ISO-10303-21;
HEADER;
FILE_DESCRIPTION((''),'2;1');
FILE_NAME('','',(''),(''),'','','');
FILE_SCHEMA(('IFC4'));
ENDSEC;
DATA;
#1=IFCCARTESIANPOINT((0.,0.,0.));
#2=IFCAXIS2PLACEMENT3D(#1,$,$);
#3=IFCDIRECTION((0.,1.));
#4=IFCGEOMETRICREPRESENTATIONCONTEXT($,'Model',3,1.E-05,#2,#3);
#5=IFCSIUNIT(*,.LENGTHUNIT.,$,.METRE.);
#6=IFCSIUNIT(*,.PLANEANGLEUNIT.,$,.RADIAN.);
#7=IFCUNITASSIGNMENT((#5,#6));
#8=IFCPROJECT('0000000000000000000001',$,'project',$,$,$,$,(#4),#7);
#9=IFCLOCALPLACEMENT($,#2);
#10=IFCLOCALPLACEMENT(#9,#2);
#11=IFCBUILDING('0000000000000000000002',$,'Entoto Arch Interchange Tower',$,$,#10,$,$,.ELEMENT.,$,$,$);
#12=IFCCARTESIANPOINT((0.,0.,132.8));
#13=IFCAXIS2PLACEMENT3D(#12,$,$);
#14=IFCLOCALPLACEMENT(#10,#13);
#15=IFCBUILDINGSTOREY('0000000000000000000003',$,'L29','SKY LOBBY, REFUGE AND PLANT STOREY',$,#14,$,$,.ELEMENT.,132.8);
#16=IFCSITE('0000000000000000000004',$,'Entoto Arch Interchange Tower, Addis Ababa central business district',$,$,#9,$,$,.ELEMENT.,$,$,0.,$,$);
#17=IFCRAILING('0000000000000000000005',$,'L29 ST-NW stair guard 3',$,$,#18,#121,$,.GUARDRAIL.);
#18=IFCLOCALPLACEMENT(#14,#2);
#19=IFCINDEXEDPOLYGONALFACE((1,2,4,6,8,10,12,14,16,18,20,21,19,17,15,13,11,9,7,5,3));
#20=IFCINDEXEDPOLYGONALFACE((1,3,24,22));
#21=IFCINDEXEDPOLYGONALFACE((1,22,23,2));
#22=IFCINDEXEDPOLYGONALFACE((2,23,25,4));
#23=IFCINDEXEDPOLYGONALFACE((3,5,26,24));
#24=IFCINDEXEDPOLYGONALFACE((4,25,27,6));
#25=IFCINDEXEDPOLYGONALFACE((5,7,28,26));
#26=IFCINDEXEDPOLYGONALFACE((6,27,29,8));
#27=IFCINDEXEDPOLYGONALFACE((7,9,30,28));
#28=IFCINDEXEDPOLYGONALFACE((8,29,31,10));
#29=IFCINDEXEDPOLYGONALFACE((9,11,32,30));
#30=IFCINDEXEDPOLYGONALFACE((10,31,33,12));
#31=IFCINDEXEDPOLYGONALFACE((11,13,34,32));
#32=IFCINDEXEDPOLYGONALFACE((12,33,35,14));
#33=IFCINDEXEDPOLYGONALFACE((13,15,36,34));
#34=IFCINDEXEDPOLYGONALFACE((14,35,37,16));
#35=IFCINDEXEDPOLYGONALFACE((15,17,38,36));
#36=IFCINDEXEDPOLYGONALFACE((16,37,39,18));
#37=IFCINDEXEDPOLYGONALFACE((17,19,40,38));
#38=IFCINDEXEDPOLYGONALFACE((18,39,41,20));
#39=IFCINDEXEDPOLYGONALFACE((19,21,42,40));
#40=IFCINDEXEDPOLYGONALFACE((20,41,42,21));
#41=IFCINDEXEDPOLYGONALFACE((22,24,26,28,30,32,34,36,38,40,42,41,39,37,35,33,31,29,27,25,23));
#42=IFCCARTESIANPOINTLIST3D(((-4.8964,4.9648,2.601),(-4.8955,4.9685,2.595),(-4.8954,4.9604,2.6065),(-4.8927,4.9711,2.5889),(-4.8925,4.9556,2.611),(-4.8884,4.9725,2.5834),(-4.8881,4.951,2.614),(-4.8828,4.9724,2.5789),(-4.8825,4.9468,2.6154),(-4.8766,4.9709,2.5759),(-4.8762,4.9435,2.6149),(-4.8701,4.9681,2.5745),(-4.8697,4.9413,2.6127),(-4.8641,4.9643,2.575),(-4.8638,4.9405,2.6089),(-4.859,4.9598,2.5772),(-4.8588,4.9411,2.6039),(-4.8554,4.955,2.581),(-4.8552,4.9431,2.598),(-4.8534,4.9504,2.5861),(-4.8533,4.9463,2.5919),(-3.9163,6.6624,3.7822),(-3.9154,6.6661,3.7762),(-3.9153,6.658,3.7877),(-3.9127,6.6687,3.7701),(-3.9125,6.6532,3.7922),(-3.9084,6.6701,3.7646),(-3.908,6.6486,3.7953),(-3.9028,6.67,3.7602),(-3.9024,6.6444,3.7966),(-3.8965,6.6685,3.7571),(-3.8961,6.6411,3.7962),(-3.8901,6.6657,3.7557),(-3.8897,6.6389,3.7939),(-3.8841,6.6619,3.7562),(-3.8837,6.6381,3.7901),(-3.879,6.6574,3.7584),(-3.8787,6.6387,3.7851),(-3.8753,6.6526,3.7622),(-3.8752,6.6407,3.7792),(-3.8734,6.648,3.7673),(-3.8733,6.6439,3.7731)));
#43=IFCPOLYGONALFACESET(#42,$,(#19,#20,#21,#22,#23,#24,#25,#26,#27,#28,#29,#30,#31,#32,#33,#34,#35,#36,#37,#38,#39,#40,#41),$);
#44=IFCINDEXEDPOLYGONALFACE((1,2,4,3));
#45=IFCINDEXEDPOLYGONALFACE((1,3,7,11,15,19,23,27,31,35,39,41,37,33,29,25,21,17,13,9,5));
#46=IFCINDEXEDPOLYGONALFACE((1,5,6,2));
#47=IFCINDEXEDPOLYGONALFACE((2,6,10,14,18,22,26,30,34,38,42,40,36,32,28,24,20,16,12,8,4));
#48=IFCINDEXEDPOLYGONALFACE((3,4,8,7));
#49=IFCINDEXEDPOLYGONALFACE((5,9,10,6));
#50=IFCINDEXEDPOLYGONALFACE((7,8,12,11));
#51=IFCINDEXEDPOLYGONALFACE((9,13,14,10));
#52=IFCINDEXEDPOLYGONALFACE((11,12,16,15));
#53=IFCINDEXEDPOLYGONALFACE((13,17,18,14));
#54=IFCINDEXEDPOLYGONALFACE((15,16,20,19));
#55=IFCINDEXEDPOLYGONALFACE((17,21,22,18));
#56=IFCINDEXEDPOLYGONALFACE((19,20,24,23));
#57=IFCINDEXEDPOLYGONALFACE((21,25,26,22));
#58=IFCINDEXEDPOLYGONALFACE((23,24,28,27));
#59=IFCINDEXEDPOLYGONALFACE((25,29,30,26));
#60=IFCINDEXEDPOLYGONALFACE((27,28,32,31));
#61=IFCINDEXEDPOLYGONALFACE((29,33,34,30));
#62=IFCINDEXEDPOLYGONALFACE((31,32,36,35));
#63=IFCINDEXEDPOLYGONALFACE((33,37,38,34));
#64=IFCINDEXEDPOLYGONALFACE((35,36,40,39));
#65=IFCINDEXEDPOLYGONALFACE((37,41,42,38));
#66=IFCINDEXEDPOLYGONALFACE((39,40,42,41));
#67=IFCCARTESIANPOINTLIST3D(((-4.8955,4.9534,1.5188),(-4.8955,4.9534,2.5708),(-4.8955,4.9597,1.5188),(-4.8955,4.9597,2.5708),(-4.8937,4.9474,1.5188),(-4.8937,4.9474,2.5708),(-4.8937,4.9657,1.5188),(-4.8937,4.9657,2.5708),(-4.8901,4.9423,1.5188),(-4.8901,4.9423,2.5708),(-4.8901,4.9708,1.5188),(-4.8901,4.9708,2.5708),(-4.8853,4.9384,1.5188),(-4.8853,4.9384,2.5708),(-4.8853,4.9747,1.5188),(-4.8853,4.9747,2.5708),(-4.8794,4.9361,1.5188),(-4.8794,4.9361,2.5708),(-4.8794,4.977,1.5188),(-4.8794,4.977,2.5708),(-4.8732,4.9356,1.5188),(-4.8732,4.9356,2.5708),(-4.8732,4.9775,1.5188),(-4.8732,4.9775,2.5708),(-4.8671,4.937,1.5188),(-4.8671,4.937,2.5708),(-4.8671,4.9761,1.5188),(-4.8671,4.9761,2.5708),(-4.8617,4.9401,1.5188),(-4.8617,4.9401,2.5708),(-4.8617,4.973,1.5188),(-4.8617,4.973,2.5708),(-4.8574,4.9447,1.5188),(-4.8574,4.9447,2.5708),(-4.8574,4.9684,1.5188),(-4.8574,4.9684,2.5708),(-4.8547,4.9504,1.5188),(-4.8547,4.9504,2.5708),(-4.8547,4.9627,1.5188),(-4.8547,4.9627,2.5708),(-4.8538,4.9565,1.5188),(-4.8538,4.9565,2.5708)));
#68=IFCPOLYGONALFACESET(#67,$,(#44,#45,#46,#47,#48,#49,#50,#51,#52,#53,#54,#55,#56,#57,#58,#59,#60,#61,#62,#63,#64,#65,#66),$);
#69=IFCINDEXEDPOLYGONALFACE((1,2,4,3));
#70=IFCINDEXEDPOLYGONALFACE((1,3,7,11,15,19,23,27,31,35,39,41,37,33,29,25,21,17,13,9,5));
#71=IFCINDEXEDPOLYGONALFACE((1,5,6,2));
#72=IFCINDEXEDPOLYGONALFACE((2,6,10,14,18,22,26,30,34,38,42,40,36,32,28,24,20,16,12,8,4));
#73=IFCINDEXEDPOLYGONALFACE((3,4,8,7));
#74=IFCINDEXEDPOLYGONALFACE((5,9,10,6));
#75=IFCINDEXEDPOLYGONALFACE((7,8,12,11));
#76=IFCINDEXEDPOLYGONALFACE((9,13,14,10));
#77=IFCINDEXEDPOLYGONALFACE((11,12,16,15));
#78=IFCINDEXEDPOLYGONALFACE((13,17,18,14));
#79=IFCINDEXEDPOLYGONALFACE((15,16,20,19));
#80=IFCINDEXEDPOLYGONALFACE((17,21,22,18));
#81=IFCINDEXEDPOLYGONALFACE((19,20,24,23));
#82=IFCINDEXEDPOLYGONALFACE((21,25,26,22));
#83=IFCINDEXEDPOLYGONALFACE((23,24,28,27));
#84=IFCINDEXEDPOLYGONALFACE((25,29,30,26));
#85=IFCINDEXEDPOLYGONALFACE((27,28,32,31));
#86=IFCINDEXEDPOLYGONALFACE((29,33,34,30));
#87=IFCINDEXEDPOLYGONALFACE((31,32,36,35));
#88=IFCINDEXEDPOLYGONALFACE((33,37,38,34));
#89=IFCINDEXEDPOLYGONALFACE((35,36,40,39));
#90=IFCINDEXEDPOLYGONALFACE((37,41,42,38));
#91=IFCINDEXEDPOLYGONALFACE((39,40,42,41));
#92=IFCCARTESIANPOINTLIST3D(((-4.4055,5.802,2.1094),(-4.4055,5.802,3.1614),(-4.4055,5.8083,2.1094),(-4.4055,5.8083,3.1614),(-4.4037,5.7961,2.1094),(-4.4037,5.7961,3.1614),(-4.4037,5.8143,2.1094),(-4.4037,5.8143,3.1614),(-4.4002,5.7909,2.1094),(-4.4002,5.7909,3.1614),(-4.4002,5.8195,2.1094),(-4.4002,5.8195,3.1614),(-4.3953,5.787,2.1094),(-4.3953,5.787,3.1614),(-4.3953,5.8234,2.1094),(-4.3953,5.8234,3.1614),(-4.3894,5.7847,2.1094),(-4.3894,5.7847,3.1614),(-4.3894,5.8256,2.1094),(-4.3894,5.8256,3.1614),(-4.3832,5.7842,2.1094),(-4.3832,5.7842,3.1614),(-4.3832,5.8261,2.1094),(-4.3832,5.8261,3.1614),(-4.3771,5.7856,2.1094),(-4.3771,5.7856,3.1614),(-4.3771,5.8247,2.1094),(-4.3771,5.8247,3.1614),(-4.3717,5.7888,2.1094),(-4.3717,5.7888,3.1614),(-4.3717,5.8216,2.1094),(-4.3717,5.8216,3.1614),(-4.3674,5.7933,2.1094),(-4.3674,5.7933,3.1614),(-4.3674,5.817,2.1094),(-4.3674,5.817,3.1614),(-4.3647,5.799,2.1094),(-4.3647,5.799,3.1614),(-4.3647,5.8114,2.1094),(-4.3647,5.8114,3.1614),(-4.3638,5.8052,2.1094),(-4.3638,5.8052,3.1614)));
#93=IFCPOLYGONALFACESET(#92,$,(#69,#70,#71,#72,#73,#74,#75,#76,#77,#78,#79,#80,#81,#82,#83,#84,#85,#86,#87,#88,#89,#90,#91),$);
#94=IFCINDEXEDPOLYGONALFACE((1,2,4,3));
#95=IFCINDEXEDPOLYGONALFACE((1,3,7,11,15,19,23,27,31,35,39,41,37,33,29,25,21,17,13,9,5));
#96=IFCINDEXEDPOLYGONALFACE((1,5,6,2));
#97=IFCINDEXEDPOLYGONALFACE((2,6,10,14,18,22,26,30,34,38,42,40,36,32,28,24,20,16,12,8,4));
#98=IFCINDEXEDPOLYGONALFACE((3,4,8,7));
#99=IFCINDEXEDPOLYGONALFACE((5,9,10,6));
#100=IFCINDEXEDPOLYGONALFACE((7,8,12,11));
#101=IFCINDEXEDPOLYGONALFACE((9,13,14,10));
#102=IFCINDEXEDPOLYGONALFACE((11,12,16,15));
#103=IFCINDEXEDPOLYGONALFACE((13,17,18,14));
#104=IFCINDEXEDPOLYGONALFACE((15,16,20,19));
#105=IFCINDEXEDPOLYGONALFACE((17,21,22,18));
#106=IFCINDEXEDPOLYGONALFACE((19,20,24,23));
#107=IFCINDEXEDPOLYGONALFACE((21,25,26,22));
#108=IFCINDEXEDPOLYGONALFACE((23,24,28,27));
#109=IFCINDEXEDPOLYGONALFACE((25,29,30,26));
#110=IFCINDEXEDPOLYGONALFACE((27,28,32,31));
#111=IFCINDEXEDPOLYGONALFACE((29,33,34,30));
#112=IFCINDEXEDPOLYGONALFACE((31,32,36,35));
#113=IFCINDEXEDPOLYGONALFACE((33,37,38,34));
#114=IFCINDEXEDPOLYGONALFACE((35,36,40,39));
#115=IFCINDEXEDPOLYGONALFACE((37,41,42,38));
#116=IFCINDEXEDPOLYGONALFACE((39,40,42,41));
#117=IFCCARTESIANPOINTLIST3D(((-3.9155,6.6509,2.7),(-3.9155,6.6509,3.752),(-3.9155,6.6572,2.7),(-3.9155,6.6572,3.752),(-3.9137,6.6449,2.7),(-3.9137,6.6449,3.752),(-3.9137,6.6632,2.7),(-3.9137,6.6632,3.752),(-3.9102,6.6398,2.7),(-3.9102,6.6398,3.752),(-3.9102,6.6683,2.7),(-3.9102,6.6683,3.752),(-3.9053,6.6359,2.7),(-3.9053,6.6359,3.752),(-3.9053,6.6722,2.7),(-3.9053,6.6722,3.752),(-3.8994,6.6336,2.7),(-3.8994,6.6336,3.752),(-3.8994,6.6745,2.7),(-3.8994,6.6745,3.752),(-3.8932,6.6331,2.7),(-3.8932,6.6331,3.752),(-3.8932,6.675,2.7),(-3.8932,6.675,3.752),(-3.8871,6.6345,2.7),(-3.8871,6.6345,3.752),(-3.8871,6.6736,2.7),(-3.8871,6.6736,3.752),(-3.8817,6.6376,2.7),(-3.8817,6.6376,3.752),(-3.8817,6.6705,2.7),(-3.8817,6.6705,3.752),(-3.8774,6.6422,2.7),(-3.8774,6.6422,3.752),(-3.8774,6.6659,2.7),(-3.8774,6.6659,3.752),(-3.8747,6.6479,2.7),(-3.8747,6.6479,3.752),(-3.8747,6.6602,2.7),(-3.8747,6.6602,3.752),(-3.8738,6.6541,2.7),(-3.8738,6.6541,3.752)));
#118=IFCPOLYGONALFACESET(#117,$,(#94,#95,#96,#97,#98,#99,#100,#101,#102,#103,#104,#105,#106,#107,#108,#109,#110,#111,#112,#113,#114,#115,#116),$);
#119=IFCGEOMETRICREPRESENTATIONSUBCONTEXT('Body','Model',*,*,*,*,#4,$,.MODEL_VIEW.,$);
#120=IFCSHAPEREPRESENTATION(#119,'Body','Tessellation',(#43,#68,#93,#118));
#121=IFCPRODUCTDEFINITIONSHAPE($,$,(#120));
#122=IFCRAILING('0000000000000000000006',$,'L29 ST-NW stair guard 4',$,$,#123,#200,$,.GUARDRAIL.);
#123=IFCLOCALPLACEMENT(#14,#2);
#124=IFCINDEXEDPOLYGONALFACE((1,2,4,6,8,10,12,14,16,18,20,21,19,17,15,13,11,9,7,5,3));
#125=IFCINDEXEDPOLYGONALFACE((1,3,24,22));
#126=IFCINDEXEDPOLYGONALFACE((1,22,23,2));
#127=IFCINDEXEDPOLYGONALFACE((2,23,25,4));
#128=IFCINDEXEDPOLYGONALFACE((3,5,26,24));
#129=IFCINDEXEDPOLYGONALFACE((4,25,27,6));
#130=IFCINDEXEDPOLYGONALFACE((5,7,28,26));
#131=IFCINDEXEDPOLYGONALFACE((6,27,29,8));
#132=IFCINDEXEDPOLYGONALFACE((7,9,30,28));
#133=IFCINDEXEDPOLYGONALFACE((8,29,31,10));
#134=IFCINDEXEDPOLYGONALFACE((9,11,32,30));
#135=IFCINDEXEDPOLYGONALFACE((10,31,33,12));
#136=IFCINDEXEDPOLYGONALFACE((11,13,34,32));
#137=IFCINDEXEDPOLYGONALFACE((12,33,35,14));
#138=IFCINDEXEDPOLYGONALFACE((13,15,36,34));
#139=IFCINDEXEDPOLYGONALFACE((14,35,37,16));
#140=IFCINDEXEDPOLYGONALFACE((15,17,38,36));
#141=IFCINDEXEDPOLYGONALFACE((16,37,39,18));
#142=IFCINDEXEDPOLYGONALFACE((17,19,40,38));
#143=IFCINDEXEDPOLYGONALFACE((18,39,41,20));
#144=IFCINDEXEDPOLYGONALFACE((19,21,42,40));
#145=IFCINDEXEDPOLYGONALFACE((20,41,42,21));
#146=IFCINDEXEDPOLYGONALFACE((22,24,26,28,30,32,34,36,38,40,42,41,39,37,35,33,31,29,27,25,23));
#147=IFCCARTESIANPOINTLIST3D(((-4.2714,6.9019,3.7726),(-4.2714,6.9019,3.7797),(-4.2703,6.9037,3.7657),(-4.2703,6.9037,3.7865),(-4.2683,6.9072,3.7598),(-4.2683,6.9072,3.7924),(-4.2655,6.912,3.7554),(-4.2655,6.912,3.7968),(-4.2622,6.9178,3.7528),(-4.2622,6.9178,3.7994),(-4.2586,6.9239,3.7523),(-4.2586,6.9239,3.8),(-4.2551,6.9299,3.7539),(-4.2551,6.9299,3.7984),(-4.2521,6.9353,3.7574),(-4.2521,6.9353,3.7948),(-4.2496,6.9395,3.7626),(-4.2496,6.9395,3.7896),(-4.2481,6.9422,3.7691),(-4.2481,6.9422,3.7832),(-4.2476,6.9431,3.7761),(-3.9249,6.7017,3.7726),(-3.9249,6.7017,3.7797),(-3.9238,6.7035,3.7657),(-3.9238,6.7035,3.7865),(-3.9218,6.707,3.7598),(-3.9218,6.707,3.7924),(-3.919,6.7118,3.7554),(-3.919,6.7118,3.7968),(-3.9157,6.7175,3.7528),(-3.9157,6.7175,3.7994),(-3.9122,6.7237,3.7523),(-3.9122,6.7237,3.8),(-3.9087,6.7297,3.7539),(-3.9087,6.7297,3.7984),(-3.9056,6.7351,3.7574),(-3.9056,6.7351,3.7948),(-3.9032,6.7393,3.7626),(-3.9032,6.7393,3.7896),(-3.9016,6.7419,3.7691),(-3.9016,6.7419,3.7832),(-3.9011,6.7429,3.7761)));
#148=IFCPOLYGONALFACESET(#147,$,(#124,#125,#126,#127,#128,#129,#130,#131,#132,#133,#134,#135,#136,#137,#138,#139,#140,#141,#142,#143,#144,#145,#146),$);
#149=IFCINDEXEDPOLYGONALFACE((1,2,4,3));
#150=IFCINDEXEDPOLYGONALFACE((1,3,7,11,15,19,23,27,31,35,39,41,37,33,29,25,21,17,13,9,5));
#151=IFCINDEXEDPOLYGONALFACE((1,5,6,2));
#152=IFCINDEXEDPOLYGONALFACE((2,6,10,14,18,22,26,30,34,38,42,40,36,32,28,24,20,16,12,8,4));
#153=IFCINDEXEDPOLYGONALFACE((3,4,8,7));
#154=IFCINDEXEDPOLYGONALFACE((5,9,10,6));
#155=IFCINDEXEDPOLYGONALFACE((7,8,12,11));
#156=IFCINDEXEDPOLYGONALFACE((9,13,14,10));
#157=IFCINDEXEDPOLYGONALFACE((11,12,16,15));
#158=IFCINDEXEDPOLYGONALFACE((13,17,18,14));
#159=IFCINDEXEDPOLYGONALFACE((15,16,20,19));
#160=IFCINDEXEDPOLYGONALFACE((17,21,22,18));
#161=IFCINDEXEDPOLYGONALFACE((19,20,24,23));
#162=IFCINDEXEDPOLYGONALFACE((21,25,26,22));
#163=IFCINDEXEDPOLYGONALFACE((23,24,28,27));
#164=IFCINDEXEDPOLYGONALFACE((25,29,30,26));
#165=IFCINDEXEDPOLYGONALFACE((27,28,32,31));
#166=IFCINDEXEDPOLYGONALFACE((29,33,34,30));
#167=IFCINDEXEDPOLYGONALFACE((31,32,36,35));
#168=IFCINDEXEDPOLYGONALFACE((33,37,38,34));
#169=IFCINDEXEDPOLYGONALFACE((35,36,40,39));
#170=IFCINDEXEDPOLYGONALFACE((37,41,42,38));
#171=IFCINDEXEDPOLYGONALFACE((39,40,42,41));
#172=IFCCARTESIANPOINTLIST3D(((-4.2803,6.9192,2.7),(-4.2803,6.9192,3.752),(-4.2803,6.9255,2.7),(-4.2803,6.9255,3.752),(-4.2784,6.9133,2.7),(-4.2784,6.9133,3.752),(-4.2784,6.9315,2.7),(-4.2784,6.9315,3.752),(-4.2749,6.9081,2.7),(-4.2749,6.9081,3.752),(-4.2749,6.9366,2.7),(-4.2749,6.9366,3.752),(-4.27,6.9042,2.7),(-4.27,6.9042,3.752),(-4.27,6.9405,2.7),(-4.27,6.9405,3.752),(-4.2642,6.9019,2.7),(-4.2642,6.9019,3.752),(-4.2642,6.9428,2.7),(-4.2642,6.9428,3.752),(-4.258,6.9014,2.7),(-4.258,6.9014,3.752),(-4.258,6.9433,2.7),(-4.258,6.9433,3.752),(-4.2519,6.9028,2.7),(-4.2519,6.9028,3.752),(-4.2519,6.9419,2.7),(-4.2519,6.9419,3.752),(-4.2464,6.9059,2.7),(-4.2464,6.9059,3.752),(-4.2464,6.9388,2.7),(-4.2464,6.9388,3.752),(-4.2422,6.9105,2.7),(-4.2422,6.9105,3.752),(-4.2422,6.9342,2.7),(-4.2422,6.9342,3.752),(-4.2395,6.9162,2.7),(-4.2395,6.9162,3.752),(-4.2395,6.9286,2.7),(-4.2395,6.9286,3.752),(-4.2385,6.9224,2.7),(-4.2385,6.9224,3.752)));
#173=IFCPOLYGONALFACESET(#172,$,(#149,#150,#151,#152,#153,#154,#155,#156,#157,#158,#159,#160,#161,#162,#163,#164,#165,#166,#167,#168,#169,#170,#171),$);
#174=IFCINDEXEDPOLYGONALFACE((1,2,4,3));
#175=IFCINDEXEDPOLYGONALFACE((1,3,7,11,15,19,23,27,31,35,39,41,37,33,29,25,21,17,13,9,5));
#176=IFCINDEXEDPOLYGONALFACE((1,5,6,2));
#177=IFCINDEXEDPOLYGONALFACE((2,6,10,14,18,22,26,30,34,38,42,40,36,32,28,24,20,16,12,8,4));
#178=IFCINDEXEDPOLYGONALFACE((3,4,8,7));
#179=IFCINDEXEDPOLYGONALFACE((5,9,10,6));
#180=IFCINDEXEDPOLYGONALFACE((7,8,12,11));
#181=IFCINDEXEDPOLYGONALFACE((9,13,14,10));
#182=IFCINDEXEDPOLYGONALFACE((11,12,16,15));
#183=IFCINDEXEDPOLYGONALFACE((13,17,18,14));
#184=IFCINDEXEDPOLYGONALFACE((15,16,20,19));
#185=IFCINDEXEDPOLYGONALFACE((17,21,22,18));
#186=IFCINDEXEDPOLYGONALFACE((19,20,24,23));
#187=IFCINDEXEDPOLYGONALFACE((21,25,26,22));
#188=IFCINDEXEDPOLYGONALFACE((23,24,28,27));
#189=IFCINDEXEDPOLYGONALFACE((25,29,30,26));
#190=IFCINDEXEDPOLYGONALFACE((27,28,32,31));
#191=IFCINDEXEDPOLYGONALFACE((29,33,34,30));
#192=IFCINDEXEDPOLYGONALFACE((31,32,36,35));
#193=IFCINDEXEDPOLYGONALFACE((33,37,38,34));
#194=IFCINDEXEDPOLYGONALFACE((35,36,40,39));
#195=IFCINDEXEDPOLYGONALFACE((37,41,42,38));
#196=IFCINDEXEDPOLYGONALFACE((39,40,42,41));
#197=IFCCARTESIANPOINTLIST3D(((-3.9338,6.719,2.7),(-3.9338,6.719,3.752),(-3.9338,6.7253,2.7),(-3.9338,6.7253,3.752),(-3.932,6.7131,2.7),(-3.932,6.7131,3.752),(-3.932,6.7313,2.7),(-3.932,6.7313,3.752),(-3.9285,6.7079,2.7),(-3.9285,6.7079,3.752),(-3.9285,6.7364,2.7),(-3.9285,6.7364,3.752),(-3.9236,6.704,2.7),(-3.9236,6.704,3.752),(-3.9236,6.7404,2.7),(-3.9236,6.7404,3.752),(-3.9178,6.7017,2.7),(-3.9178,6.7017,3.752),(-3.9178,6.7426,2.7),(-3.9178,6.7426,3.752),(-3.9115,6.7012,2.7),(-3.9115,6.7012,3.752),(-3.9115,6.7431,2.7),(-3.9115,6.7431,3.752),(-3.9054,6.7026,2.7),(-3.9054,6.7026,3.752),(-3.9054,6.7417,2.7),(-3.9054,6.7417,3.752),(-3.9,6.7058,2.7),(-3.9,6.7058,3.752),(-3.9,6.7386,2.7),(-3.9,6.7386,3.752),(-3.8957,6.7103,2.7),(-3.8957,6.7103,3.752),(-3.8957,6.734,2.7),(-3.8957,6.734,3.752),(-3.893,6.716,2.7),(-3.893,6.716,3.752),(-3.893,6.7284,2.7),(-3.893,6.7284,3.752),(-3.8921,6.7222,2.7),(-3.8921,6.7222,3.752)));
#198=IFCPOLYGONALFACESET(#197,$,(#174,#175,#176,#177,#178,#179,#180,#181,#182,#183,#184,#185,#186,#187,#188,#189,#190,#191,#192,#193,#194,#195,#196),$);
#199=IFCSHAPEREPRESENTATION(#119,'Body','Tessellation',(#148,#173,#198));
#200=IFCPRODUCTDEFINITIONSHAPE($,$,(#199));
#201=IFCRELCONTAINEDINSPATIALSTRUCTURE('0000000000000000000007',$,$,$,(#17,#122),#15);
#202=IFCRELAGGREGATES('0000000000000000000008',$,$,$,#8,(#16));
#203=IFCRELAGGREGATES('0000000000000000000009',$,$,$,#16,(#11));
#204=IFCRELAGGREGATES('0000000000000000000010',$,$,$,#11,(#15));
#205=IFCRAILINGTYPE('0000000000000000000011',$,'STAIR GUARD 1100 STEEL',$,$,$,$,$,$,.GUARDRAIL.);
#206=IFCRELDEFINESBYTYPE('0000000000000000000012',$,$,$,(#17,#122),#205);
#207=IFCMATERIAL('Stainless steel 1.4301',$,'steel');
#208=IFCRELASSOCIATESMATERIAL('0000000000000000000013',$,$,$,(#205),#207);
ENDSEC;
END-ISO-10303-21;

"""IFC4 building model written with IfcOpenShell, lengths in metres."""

from ifc_helpers import new_model, si_unit, direction, frame, origin, origin_2d, place, context, subcontext, project, spatial, circle, extrude, material, type_object, element, save


model = new_model("IFC4")

# Units and contexts
model_context = context("Model", 3, precision=1e-05, world=origin(), true_north=direction((0.0, 1.0)))
body_context = subcontext(model_context, "Body", "Model", "MODEL_VIEW")
ifc_project = project(units=[si_unit("LENGTHUNIT", "METRE"), si_unit("PLANEANGLEUNIT", "RADIAN")], contexts=[model_context])

# Site, building, storey
site_placement = place(None, origin())
site = spatial("IfcSite", under=ifc_project, at=site_placement, Name="Entoto Arch Interchange Tower, Addis Ababa central business district", CompositionType="ELEMENT", RefElevation=0.0)
building_placement = place(site_placement, origin())
building = spatial("IfcBuilding", under=site, at=building_placement, Name="Entoto Arch Interchange Tower", CompositionType="ELEMENT")
storey_placement = place(building_placement, frame((0.0, 0.0, 132.8)))
storey = spatial("IfcBuildingStorey", under=building, at=storey_placement, Name="L29", Description="SKY LOBBY, REFUGE AND PLANT STOREY", CompositionType="ELEMENT", Elevation=132.8)

# Railings
ifc_material_1 = material(Name="Stainless steel 1.4301", Category="steel")
railing_type_1 = type_object("IfcRailingType", Name="STAIR GUARD 1100 STEEL", PredefinedType="GUARDRAIL", material=ifc_material_1)
railing_1_placement = place(storey_placement, frame((-4.8748, 4.9565, 1.5188)))
element("IfcRailing", 1, at=railing_1_placement, inside=storey, type_object=railing_type_1, Name="L29 ST-NW stair guard 3", PredefinedType="GUARDRAIL", context=body_context, shape_type="SweptSolid", body=[
    extrude(circle(Radius=0.0239, at=origin_2d()), frame((0.0, 0.0, 1.0762), z_axis=(0.428228, 0.741771, 0.516135), x_axis=(-0.866042, 0.49997, 0.0)), (0.0, 0.0, 1.0), 2.2886),
    extrude(circle(Radius=0.021, at=origin_2d()), origin(), (0.0, 0.0, 1.0), 1.052),
    extrude(circle(Radius=0.021, at=origin_2d()), frame((0.49, 0.8486, 0.5906)), (0.0, 0.0, 1.0), 1.052),
    extrude(circle(Radius=0.021, at=origin_2d()), frame((0.98, 1.6975, 1.1812)), (0.0, 0.0, 1.0), 1.052),
])
railing_2_placement = place(storey_placement, frame((-4.2595, 6.9224, 2.7)))
element("IfcRailing", 2, at=railing_2_placement, inside=storey, type_object=railing_type_1, Name="L29 ST-NW stair guard 4", PredefinedType="GUARDRAIL", context=body_context, shape_type="SweptSolid", body=[
    extrude(circle(Radius=0.0239, at=origin_2d()), frame((0.0, 0.0, 1.0762), z_axis=(0.86583, -0.500339, 0.0), x_axis=(0.500339, 0.86583, 0.0)), (0.0, 0.0, 1.0), 0.4001),
    extrude(circle(Radius=0.021, at=origin_2d()), origin(), (0.0, 0.0, 1.0), 1.052),
    extrude(circle(Radius=0.021, at=origin_2d()), frame((0.3464, -0.2002, 0.0)), (0.0, 0.0, 1.0), 1.052),
])

save(model, "model.ifc")
